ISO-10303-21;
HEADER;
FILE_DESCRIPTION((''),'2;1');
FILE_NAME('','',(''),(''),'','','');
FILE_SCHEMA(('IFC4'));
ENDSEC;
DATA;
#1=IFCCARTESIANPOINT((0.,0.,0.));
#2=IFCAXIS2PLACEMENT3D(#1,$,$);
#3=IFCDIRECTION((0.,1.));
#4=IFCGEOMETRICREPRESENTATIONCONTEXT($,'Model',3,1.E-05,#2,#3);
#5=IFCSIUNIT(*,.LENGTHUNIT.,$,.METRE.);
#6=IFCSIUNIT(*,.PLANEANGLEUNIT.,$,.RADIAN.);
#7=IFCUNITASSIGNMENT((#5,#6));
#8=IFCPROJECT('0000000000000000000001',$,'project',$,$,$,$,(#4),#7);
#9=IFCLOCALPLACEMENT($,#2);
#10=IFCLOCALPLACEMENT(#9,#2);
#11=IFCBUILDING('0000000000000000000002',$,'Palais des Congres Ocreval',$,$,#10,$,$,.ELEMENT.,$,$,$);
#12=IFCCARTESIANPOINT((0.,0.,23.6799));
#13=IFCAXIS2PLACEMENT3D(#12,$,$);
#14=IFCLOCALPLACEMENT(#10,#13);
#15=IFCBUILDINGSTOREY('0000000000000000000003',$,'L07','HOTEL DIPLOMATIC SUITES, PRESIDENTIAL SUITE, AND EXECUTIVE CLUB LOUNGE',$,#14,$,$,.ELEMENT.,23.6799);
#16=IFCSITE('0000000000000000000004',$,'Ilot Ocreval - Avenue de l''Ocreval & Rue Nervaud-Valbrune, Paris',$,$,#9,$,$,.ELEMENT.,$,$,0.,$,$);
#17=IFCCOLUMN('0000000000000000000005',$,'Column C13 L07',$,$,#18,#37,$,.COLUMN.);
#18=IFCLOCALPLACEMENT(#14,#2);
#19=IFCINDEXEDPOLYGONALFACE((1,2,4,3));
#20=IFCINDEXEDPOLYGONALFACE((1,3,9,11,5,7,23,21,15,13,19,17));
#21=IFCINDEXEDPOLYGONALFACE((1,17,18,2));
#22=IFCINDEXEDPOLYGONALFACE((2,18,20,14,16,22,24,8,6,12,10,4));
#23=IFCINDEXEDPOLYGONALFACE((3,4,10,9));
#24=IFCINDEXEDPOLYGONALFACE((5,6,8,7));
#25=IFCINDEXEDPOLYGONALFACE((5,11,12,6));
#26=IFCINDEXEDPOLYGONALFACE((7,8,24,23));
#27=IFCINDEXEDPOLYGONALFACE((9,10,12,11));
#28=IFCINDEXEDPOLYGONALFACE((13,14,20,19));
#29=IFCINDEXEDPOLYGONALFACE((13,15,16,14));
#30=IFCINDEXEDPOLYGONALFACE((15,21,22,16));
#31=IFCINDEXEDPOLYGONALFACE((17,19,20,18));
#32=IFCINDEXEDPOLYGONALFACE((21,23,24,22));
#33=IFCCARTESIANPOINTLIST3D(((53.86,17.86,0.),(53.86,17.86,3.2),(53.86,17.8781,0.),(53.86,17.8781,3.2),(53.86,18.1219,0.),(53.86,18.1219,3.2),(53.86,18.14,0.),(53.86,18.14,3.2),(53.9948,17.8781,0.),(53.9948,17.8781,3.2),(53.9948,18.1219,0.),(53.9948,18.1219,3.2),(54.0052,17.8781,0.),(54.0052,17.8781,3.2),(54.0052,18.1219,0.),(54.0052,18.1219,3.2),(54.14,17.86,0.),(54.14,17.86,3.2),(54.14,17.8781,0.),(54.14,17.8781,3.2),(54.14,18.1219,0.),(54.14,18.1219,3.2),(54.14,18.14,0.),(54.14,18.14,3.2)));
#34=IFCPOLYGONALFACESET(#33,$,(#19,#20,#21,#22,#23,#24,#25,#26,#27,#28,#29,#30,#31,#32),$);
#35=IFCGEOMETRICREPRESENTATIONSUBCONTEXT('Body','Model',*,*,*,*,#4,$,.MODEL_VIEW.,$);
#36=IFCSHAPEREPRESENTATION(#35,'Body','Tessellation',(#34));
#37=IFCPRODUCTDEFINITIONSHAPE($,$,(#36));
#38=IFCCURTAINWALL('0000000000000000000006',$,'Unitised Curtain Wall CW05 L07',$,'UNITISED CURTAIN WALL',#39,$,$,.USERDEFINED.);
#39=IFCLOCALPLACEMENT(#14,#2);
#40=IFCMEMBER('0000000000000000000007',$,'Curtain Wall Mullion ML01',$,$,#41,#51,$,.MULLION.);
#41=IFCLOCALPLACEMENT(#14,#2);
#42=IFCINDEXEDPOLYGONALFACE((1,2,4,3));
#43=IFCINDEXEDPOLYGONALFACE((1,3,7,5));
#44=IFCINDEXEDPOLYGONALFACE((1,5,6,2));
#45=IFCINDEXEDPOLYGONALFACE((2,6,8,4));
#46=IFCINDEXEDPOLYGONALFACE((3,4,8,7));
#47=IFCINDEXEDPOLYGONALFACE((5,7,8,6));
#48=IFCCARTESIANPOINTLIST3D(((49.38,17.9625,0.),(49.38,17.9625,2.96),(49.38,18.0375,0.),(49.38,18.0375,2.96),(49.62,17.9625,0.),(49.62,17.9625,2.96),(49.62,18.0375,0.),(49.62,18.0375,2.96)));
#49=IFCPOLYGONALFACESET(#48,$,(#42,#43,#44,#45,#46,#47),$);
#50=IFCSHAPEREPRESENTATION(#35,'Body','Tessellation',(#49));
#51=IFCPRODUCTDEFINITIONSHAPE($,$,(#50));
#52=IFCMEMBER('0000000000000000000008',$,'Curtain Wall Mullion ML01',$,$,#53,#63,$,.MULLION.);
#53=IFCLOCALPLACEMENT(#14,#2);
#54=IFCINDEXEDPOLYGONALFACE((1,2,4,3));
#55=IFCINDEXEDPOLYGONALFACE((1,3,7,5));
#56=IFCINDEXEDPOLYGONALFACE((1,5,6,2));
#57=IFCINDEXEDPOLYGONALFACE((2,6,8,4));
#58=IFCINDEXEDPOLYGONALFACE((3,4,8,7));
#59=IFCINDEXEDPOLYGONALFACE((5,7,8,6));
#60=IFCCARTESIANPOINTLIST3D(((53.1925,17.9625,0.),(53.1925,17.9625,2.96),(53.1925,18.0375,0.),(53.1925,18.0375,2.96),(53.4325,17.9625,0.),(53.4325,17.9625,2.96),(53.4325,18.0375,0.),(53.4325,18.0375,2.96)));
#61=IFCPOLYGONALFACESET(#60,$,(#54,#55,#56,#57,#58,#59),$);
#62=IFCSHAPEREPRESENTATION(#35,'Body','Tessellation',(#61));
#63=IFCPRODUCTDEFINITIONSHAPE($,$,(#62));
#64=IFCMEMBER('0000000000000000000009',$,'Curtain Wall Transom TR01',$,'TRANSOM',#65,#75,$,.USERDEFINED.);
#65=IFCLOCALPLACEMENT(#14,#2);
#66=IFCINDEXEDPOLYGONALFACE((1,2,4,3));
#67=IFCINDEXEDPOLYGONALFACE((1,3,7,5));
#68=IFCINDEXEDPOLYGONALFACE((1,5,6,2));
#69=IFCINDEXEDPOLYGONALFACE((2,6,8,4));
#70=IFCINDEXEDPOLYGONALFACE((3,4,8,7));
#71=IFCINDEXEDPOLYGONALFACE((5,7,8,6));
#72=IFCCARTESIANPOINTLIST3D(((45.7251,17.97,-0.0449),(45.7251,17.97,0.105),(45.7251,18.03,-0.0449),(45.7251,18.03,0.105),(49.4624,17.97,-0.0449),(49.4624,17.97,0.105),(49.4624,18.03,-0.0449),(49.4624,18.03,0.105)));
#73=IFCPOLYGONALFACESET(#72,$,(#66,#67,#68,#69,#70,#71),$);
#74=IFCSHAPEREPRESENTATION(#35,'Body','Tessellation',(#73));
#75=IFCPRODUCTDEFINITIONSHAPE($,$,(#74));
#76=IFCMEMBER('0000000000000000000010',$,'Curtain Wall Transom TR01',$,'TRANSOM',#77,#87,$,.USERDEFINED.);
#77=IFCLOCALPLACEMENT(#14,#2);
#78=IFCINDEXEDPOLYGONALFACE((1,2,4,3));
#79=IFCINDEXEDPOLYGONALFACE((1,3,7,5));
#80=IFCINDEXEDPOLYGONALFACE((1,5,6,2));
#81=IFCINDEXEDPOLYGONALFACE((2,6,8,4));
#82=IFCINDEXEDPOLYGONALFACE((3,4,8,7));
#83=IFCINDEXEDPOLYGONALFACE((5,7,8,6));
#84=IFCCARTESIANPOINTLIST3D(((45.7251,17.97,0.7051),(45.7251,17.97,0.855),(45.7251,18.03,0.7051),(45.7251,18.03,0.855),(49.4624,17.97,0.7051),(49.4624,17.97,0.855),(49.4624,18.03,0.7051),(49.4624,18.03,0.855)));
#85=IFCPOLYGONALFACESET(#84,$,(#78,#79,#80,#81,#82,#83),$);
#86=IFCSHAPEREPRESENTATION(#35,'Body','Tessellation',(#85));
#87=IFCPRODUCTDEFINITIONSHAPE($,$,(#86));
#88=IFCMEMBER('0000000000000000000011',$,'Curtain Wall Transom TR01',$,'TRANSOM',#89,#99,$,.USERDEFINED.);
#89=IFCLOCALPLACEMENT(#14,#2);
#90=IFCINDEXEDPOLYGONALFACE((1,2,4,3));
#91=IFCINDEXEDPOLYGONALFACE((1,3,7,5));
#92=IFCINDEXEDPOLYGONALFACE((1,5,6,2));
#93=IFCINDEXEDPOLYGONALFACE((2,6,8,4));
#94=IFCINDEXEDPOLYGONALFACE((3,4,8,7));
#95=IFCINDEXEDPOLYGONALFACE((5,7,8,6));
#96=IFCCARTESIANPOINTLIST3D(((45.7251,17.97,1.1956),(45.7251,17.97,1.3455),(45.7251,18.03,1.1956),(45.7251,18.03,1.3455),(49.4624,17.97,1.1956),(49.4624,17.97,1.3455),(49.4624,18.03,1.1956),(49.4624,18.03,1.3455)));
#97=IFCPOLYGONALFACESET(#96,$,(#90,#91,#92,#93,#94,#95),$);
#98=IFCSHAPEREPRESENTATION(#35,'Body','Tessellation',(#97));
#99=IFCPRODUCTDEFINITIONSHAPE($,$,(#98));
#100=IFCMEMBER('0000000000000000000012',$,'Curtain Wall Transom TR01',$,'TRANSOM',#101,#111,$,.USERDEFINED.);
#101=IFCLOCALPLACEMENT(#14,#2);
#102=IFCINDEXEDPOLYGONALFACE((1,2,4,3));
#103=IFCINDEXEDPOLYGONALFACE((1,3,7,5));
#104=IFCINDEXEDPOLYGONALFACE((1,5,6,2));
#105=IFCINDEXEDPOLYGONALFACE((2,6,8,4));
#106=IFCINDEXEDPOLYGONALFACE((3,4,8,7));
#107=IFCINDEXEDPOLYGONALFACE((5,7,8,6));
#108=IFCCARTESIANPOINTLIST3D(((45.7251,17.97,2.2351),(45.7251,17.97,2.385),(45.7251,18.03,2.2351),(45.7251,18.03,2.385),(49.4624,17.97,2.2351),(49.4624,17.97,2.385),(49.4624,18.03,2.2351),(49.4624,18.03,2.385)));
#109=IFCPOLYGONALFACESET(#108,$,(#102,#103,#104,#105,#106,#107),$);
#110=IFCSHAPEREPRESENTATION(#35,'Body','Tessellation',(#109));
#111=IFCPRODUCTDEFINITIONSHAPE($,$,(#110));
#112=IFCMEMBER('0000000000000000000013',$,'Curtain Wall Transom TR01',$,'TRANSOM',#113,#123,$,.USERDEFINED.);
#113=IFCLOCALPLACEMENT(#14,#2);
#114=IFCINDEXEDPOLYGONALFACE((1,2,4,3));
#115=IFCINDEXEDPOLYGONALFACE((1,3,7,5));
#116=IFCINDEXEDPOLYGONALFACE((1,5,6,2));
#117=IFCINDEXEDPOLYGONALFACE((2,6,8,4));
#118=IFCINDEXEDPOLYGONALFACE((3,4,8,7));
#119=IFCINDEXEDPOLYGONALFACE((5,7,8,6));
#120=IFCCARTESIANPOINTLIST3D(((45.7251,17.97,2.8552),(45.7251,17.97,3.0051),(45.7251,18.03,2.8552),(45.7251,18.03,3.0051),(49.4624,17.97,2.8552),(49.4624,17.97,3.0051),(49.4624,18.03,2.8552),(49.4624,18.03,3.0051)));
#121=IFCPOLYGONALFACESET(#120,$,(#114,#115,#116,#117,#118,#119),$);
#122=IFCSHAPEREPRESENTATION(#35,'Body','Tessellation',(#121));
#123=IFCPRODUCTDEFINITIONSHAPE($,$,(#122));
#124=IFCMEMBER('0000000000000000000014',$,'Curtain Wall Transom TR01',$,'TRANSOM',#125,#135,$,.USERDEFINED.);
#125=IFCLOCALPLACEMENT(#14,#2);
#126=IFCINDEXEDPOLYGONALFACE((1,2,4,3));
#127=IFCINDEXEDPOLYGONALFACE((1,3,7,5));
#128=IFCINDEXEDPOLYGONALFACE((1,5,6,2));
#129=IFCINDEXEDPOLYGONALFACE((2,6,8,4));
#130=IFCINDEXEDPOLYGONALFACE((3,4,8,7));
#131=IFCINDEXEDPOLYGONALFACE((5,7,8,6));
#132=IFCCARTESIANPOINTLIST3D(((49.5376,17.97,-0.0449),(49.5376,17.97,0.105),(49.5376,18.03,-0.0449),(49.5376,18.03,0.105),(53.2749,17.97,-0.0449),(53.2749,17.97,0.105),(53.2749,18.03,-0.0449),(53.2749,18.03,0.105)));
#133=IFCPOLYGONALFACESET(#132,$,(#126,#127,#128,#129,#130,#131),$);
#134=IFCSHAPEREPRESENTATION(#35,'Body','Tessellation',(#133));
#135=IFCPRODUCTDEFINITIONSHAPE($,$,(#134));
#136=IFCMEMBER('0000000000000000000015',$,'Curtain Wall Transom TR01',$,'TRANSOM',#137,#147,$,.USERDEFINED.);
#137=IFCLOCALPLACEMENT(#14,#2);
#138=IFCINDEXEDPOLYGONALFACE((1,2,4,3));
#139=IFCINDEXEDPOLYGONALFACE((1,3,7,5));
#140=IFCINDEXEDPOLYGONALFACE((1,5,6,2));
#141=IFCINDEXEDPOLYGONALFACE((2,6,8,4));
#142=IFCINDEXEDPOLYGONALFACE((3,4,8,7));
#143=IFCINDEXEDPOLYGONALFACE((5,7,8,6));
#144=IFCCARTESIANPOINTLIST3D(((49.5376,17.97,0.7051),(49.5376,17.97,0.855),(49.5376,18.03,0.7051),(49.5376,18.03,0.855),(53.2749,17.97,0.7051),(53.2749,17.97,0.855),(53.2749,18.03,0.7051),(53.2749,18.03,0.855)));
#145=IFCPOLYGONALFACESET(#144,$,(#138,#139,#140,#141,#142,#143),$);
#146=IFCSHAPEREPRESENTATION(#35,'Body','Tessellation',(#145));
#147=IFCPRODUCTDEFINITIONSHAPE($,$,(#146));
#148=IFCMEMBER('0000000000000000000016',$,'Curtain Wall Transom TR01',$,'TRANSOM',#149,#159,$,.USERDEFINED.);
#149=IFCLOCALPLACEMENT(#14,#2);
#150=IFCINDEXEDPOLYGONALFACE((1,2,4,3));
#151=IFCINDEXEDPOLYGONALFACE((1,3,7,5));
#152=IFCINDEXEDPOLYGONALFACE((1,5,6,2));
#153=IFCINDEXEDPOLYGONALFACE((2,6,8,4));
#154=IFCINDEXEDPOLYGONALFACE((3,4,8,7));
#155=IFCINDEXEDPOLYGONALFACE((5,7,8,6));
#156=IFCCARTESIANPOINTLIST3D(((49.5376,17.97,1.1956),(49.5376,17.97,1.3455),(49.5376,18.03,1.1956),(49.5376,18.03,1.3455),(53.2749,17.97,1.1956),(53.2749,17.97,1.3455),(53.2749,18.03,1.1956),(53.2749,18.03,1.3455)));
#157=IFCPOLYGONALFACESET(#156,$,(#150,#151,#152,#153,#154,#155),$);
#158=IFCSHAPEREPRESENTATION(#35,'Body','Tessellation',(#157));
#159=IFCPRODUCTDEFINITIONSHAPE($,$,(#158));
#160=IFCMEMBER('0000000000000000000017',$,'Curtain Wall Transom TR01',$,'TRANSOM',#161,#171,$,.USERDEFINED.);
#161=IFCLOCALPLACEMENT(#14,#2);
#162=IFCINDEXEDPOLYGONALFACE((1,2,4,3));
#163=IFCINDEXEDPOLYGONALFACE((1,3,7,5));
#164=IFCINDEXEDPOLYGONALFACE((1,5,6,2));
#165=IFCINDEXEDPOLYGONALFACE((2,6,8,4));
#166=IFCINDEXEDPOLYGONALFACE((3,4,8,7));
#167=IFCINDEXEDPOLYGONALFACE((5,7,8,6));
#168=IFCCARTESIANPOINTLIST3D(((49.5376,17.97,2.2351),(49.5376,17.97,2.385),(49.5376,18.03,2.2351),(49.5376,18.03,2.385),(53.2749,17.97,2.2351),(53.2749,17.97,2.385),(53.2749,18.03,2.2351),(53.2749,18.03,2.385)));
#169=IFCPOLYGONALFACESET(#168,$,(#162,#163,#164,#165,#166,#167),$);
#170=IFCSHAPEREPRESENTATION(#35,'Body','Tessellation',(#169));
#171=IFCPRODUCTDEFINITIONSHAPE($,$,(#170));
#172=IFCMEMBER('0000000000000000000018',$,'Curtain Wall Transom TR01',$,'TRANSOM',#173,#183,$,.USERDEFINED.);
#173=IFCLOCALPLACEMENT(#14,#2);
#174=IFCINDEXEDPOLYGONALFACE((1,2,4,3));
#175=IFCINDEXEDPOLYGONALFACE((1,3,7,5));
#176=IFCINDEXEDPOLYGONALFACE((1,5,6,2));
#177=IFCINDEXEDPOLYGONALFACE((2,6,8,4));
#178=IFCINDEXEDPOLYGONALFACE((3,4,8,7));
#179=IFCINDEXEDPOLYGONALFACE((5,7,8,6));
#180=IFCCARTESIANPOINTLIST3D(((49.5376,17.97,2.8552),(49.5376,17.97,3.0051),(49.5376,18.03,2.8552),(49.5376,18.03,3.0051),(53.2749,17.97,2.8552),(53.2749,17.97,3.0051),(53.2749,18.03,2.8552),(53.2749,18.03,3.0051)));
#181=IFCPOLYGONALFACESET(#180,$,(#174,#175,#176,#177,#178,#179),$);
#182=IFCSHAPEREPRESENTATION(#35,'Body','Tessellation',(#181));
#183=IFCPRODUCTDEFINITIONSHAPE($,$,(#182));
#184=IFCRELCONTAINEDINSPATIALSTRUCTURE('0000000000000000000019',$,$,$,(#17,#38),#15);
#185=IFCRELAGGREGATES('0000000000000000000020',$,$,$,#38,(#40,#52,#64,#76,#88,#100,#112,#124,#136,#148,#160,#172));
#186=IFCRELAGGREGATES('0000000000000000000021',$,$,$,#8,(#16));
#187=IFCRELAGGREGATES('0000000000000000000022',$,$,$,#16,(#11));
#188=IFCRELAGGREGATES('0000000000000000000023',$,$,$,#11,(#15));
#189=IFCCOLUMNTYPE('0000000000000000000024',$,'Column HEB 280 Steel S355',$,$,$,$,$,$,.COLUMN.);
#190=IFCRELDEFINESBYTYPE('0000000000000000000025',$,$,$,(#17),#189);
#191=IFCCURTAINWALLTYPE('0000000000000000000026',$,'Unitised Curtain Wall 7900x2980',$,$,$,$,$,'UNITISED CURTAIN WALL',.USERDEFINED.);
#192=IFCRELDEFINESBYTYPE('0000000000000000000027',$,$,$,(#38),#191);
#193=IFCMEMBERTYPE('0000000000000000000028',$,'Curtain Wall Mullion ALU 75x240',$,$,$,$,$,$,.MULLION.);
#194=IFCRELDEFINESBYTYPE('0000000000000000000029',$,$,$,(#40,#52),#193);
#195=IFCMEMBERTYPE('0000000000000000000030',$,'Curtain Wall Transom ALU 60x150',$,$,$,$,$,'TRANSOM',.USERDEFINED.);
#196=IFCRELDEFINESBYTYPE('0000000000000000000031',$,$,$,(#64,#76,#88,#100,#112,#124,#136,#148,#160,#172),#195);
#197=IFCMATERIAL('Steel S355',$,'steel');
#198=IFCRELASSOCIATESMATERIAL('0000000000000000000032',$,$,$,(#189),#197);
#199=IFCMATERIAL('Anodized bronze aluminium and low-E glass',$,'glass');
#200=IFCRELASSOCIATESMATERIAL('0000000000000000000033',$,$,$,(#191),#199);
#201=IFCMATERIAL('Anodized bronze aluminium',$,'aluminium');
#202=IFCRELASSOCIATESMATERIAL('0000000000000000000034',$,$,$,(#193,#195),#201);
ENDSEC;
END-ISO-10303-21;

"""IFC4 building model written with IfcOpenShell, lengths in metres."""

from ifc_helpers import new_model, si_unit, direction, frame, origin, origin_2d, place, context, subcontext, project, spatial, rectangle, i_section, extrude, material, material_profile, profile_set, type_object, element, aggregate, save


model = new_model("IFC4")

# Units and contexts
model_context = context("Model", 3, precision=1e-05, world=origin(), true_north=direction((0.0, 1.0)))
body_context = subcontext(model_context, "Body", "Model", "MODEL_VIEW")
ifc_project = project(units=[si_unit("LENGTHUNIT", "METRE"), si_unit("PLANEANGLEUNIT", "RADIAN")], contexts=[model_context])

# Site, building, storey
site_placement = place(None, origin())
site = spatial("IfcSite", under=ifc_project, at=site_placement, Name="Ilot Ocreval - Avenue de l'Ocreval & Rue Nervaud-Valbrune, Paris", CompositionType="ELEMENT", RefElevation=0.0)
building_placement = place(site_placement, origin())
building = spatial("IfcBuilding", under=site, at=building_placement, Name="Palais des Congres Ocreval", CompositionType="ELEMENT")
storey_placement = place(building_placement, frame((0.0, 0.0, 23.6799)))
storey = spatial("IfcBuildingStorey", under=building, at=storey_placement, Name="L07", Description="HOTEL DIPLOMATIC SUITES, PRESIDENTIAL SUITE, AND EXECUTIVE CLUB LOUNGE", CompositionType="ELEMENT", Elevation=23.6799)

# Column
ifc_material_1 = material(Name="Steel S355", Category="steel")
ifc_material_profile_1 = material_profile(ifc_material_1, i_section(OverallWidth=0.28, OverallDepth=0.28, WebThickness=0.0105, FlangeThickness=0.0181, at=origin_2d()), Name="HEB 280")
ifc_profile_set_1 = profile_set([ifc_material_profile_1], Name="Steel S355")
column_type = type_object("IfcColumnType", Name="Column HEB 280 Steel S355", PredefinedType="COLUMN", material=ifc_profile_set_1)
column_placement = place(storey_placement, frame((54.0, 18.0, 0.0), z_axis=(0.0, 0.0, 1.0), x_axis=(1.0, 0.0, 0.0)))
element("IfcColumn", 1, at=column_placement, inside=storey, type_object=column_type, Name="Column C13 L07", PredefinedType="COLUMN", context=body_context, shape_type="SweptSolid", body=[
    extrude(i_section(OverallWidth=0.28, OverallDepth=0.28, WebThickness=0.0105, FlangeThickness=0.0181, at=origin_2d()), origin(), (0.0, 0.0, 1.0), 3.2),
])

# Curtain wall, members
ifc_material_2 = material(Name="Anodized bronze aluminium and low-E glass", Category="glass")
curtain_wall_type = type_object("IfcCurtainWallType", Name="Unitised Curtain Wall 7900x2980", ElementType="UNITISED CURTAIN WALL", PredefinedType="USERDEFINED", material=ifc_material_2)
curtain_wall_placement = place(storey_placement, origin())
curtain_wall = element("IfcCurtainWall", 2, at=curtain_wall_placement, inside=storey, type_object=curtain_wall_type, Name="Unitised Curtain Wall CW05 L07", ObjectType="UNITISED CURTAIN WALL", PredefinedType="USERDEFINED")
ifc_material_3 = material(Name="Anodized bronze aluminium", Category="aluminium")
ifc_material_profile_2 = material_profile(ifc_material_3, rectangle(XDim=0.075, YDim=0.24, at=origin_2d()), Name="ALU 75x240")
ifc_profile_set_2 = profile_set([ifc_material_profile_2], Name="Anodized bronze aluminium")
member_type_1 = type_object("IfcMemberType", Name="Curtain Wall Mullion ALU 75x240", PredefinedType="MULLION", material=ifc_profile_set_2)
member_1_placement = place(storey_placement, frame((49.5, 18.0, 0.0), z_axis=(0.0, 0.0, 1.0), x_axis=(0.0, 1.0, 0.0)))
member_1 = element("IfcMember", 3, at=member_1_placement, type_object=member_type_1, Name="Curtain Wall Mullion ML01", PredefinedType="MULLION", context=body_context, shape_type="SweptSolid", body=[
    extrude(rectangle(XDim=0.075, YDim=0.24, at=origin_2d()), origin(), (0.0, 0.0, 1.0), 2.96),
])
member_2_placement = place(storey_placement, frame((53.3125, 18.0, 0.0), z_axis=(0.0, 0.0, 1.0), x_axis=(0.0, 1.0, 0.0)))
member_2 = element("IfcMember", 4, at=member_2_placement, type_object=member_type_1, Name="Curtain Wall Mullion ML01", PredefinedType="MULLION", context=body_context, shape_type="SweptSolid", body=[
    extrude(rectangle(XDim=0.075, YDim=0.24, at=origin_2d()), origin(), (0.0, 0.0, 1.0), 2.96),
])
ifc_material_profile_3 = material_profile(ifc_material_3, rectangle(XDim=0.0601, YDim=0.1499, at=origin_2d()), Name="ALU 60x150")
ifc_profile_set_3 = profile_set([ifc_material_profile_3], Name="Anodized bronze aluminium")
member_type_2 = type_object("IfcMemberType", Name="Curtain Wall Transom ALU 60x150", ElementType="TRANSOM", PredefinedType="USERDEFINED", material=ifc_profile_set_3)
member_3_placement = place(storey_placement, frame((45.7251, 18.0, 0.03), z_axis=(1.0, 0.0, 0.0), x_axis=(0.0, 1.0, 0.0)))
member_3 = element("IfcMember", 5, at=member_3_placement, type_object=member_type_2, Name="Curtain Wall Transom TR01", ObjectType="TRANSOM", PredefinedType="USERDEFINED", context=body_context, shape_type="SweptSolid", body=[
    extrude(rectangle(XDim=0.0601, YDim=0.1499, at=origin_2d()), origin(), (0.0, 0.0, 1.0), 3.7373),
])
member_4_placement = place(storey_placement, frame((45.7251, 18.0, 0.78), z_axis=(1.0, 0.0, 0.0), x_axis=(0.0, 1.0, 0.0)))
member_4 = element("IfcMember", 6, at=member_4_placement, type_object=member_type_2, Name="Curtain Wall Transom TR01", ObjectType="TRANSOM", PredefinedType="USERDEFINED", context=body_context, shape_type="SweptSolid", body=[
    extrude(rectangle(XDim=0.0601, YDim=0.1499, at=origin_2d()), origin(), (0.0, 0.0, 1.0), 3.7373),
])
member_5_placement = place(storey_placement, frame((45.7251, 18.0, 1.2705), z_axis=(1.0, 0.0, 0.0), x_axis=(0.0, 1.0, 0.0)))
member_5 = element("IfcMember", 7, at=member_5_placement, type_object=member_type_2, Name="Curtain Wall Transom TR01", ObjectType="TRANSOM", PredefinedType="USERDEFINED", context=body_context, shape_type="SweptSolid", body=[
    extrude(rectangle(XDim=0.0601, YDim=0.1499, at=origin_2d()), origin(), (0.0, 0.0, 1.0), 3.7373),
])
member_6_placement = place(storey_placement, frame((45.7251, 18.0, 2.3101), z_axis=(1.0, 0.0, 0.0), x_axis=(0.0, 1.0, 0.0)))
member_6 = element("IfcMember", 8, at=member_6_placement, type_object=member_type_2, Name="Curtain Wall Transom TR01", ObjectType="TRANSOM", PredefinedType="USERDEFINED", context=body_context, shape_type="SweptSolid", body=[
    extrude(rectangle(XDim=0.0601, YDim=0.1499, at=origin_2d()), origin(), (0.0, 0.0, 1.0), 3.7373),
])
member_7_placement = place(storey_placement, frame((45.7251, 18.0, 2.9302), z_axis=(1.0, 0.0, 0.0), x_axis=(0.0, 1.0, 0.0)))
member_7 = element("IfcMember", 9, at=member_7_placement, type_object=member_type_2, Name="Curtain Wall Transom TR01", ObjectType="TRANSOM", PredefinedType="USERDEFINED", context=body_context, shape_type="SweptSolid", body=[
    extrude(rectangle(XDim=0.0601, YDim=0.1499, at=origin_2d()), origin(), (0.0, 0.0, 1.0), 3.7373),
])
member_8_placement = place(storey_placement, frame((49.5376, 18.0, 0.03), z_axis=(1.0, 0.0, 0.0), x_axis=(0.0, 1.0, 0.0)))
member_8 = element("IfcMember", 10, at=member_8_placement, type_object=member_type_2, Name="Curtain Wall Transom TR01", ObjectType="TRANSOM", PredefinedType="USERDEFINED", context=body_context, shape_type="SweptSolid", body=[
    extrude(rectangle(XDim=0.0601, YDim=0.1499, at=origin_2d()), origin(), (0.0, 0.0, 1.0), 3.7373),
])
member_9_placement = place(storey_placement, frame((49.5376, 18.0, 0.78), z_axis=(1.0, 0.0, 0.0), x_axis=(0.0, 1.0, 0.0)))
member_9 = element("IfcMember", 11, at=member_9_placement, type_object=member_type_2, Name="Curtain Wall Transom TR01", ObjectType="TRANSOM", PredefinedType="USERDEFINED", context=body_context, shape_type="SweptSolid", body=[
    extrude(rectangle(XDim=0.0601, YDim=0.1499, at=origin_2d()), origin(), (0.0, 0.0, 1.0), 3.7373),
])
member_10_placement = place(storey_placement, frame((49.5376, 18.0, 1.2705), z_axis=(1.0, 0.0, 0.0), x_axis=(0.0, 1.0, 0.0)))
member_10 = element("IfcMember", 12, at=member_10_placement, type_object=member_type_2, Name="Curtain Wall Transom TR01", ObjectType="TRANSOM", PredefinedType="USERDEFINED", context=body_context, shape_type="SweptSolid", body=[
    extrude(rectangle(XDim=0.0601, YDim=0.1499, at=origin_2d()), origin(), (0.0, 0.0, 1.0), 3.7373),
])
member_11_placement = place(storey_placement, frame((49.5376, 18.0, 2.3101), z_axis=(1.0, 0.0, 0.0), x_axis=(0.0, 1.0, 0.0)))
member_11 = element("IfcMember", 13, at=member_11_placement, type_object=member_type_2, Name="Curtain Wall Transom TR01", ObjectType="TRANSOM", PredefinedType="USERDEFINED", context=body_context, shape_type="SweptSolid", body=[
    extrude(rectangle(XDim=0.0601, YDim=0.1499, at=origin_2d()), origin(), (0.0, 0.0, 1.0), 3.7373),
])
member_12_placement = place(storey_placement, frame((49.5376, 18.0, 2.9302), z_axis=(1.0, 0.0, 0.0), x_axis=(0.0, 1.0, 0.0)))
member_12 = element("IfcMember", 14, at=member_12_placement, type_object=member_type_2, Name="Curtain Wall Transom TR01", ObjectType="TRANSOM", PredefinedType="USERDEFINED", context=body_context, shape_type="SweptSolid", body=[
    extrude(rectangle(XDim=0.0601, YDim=0.1499, at=origin_2d()), origin(), (0.0, 0.0, 1.0), 3.7373),
])
aggregate(curtain_wall, [member_1, member_2, member_3, member_4, member_5, member_6, member_7, member_8, member_9, member_10, member_11, member_12])

save(model, "model.ifc")
